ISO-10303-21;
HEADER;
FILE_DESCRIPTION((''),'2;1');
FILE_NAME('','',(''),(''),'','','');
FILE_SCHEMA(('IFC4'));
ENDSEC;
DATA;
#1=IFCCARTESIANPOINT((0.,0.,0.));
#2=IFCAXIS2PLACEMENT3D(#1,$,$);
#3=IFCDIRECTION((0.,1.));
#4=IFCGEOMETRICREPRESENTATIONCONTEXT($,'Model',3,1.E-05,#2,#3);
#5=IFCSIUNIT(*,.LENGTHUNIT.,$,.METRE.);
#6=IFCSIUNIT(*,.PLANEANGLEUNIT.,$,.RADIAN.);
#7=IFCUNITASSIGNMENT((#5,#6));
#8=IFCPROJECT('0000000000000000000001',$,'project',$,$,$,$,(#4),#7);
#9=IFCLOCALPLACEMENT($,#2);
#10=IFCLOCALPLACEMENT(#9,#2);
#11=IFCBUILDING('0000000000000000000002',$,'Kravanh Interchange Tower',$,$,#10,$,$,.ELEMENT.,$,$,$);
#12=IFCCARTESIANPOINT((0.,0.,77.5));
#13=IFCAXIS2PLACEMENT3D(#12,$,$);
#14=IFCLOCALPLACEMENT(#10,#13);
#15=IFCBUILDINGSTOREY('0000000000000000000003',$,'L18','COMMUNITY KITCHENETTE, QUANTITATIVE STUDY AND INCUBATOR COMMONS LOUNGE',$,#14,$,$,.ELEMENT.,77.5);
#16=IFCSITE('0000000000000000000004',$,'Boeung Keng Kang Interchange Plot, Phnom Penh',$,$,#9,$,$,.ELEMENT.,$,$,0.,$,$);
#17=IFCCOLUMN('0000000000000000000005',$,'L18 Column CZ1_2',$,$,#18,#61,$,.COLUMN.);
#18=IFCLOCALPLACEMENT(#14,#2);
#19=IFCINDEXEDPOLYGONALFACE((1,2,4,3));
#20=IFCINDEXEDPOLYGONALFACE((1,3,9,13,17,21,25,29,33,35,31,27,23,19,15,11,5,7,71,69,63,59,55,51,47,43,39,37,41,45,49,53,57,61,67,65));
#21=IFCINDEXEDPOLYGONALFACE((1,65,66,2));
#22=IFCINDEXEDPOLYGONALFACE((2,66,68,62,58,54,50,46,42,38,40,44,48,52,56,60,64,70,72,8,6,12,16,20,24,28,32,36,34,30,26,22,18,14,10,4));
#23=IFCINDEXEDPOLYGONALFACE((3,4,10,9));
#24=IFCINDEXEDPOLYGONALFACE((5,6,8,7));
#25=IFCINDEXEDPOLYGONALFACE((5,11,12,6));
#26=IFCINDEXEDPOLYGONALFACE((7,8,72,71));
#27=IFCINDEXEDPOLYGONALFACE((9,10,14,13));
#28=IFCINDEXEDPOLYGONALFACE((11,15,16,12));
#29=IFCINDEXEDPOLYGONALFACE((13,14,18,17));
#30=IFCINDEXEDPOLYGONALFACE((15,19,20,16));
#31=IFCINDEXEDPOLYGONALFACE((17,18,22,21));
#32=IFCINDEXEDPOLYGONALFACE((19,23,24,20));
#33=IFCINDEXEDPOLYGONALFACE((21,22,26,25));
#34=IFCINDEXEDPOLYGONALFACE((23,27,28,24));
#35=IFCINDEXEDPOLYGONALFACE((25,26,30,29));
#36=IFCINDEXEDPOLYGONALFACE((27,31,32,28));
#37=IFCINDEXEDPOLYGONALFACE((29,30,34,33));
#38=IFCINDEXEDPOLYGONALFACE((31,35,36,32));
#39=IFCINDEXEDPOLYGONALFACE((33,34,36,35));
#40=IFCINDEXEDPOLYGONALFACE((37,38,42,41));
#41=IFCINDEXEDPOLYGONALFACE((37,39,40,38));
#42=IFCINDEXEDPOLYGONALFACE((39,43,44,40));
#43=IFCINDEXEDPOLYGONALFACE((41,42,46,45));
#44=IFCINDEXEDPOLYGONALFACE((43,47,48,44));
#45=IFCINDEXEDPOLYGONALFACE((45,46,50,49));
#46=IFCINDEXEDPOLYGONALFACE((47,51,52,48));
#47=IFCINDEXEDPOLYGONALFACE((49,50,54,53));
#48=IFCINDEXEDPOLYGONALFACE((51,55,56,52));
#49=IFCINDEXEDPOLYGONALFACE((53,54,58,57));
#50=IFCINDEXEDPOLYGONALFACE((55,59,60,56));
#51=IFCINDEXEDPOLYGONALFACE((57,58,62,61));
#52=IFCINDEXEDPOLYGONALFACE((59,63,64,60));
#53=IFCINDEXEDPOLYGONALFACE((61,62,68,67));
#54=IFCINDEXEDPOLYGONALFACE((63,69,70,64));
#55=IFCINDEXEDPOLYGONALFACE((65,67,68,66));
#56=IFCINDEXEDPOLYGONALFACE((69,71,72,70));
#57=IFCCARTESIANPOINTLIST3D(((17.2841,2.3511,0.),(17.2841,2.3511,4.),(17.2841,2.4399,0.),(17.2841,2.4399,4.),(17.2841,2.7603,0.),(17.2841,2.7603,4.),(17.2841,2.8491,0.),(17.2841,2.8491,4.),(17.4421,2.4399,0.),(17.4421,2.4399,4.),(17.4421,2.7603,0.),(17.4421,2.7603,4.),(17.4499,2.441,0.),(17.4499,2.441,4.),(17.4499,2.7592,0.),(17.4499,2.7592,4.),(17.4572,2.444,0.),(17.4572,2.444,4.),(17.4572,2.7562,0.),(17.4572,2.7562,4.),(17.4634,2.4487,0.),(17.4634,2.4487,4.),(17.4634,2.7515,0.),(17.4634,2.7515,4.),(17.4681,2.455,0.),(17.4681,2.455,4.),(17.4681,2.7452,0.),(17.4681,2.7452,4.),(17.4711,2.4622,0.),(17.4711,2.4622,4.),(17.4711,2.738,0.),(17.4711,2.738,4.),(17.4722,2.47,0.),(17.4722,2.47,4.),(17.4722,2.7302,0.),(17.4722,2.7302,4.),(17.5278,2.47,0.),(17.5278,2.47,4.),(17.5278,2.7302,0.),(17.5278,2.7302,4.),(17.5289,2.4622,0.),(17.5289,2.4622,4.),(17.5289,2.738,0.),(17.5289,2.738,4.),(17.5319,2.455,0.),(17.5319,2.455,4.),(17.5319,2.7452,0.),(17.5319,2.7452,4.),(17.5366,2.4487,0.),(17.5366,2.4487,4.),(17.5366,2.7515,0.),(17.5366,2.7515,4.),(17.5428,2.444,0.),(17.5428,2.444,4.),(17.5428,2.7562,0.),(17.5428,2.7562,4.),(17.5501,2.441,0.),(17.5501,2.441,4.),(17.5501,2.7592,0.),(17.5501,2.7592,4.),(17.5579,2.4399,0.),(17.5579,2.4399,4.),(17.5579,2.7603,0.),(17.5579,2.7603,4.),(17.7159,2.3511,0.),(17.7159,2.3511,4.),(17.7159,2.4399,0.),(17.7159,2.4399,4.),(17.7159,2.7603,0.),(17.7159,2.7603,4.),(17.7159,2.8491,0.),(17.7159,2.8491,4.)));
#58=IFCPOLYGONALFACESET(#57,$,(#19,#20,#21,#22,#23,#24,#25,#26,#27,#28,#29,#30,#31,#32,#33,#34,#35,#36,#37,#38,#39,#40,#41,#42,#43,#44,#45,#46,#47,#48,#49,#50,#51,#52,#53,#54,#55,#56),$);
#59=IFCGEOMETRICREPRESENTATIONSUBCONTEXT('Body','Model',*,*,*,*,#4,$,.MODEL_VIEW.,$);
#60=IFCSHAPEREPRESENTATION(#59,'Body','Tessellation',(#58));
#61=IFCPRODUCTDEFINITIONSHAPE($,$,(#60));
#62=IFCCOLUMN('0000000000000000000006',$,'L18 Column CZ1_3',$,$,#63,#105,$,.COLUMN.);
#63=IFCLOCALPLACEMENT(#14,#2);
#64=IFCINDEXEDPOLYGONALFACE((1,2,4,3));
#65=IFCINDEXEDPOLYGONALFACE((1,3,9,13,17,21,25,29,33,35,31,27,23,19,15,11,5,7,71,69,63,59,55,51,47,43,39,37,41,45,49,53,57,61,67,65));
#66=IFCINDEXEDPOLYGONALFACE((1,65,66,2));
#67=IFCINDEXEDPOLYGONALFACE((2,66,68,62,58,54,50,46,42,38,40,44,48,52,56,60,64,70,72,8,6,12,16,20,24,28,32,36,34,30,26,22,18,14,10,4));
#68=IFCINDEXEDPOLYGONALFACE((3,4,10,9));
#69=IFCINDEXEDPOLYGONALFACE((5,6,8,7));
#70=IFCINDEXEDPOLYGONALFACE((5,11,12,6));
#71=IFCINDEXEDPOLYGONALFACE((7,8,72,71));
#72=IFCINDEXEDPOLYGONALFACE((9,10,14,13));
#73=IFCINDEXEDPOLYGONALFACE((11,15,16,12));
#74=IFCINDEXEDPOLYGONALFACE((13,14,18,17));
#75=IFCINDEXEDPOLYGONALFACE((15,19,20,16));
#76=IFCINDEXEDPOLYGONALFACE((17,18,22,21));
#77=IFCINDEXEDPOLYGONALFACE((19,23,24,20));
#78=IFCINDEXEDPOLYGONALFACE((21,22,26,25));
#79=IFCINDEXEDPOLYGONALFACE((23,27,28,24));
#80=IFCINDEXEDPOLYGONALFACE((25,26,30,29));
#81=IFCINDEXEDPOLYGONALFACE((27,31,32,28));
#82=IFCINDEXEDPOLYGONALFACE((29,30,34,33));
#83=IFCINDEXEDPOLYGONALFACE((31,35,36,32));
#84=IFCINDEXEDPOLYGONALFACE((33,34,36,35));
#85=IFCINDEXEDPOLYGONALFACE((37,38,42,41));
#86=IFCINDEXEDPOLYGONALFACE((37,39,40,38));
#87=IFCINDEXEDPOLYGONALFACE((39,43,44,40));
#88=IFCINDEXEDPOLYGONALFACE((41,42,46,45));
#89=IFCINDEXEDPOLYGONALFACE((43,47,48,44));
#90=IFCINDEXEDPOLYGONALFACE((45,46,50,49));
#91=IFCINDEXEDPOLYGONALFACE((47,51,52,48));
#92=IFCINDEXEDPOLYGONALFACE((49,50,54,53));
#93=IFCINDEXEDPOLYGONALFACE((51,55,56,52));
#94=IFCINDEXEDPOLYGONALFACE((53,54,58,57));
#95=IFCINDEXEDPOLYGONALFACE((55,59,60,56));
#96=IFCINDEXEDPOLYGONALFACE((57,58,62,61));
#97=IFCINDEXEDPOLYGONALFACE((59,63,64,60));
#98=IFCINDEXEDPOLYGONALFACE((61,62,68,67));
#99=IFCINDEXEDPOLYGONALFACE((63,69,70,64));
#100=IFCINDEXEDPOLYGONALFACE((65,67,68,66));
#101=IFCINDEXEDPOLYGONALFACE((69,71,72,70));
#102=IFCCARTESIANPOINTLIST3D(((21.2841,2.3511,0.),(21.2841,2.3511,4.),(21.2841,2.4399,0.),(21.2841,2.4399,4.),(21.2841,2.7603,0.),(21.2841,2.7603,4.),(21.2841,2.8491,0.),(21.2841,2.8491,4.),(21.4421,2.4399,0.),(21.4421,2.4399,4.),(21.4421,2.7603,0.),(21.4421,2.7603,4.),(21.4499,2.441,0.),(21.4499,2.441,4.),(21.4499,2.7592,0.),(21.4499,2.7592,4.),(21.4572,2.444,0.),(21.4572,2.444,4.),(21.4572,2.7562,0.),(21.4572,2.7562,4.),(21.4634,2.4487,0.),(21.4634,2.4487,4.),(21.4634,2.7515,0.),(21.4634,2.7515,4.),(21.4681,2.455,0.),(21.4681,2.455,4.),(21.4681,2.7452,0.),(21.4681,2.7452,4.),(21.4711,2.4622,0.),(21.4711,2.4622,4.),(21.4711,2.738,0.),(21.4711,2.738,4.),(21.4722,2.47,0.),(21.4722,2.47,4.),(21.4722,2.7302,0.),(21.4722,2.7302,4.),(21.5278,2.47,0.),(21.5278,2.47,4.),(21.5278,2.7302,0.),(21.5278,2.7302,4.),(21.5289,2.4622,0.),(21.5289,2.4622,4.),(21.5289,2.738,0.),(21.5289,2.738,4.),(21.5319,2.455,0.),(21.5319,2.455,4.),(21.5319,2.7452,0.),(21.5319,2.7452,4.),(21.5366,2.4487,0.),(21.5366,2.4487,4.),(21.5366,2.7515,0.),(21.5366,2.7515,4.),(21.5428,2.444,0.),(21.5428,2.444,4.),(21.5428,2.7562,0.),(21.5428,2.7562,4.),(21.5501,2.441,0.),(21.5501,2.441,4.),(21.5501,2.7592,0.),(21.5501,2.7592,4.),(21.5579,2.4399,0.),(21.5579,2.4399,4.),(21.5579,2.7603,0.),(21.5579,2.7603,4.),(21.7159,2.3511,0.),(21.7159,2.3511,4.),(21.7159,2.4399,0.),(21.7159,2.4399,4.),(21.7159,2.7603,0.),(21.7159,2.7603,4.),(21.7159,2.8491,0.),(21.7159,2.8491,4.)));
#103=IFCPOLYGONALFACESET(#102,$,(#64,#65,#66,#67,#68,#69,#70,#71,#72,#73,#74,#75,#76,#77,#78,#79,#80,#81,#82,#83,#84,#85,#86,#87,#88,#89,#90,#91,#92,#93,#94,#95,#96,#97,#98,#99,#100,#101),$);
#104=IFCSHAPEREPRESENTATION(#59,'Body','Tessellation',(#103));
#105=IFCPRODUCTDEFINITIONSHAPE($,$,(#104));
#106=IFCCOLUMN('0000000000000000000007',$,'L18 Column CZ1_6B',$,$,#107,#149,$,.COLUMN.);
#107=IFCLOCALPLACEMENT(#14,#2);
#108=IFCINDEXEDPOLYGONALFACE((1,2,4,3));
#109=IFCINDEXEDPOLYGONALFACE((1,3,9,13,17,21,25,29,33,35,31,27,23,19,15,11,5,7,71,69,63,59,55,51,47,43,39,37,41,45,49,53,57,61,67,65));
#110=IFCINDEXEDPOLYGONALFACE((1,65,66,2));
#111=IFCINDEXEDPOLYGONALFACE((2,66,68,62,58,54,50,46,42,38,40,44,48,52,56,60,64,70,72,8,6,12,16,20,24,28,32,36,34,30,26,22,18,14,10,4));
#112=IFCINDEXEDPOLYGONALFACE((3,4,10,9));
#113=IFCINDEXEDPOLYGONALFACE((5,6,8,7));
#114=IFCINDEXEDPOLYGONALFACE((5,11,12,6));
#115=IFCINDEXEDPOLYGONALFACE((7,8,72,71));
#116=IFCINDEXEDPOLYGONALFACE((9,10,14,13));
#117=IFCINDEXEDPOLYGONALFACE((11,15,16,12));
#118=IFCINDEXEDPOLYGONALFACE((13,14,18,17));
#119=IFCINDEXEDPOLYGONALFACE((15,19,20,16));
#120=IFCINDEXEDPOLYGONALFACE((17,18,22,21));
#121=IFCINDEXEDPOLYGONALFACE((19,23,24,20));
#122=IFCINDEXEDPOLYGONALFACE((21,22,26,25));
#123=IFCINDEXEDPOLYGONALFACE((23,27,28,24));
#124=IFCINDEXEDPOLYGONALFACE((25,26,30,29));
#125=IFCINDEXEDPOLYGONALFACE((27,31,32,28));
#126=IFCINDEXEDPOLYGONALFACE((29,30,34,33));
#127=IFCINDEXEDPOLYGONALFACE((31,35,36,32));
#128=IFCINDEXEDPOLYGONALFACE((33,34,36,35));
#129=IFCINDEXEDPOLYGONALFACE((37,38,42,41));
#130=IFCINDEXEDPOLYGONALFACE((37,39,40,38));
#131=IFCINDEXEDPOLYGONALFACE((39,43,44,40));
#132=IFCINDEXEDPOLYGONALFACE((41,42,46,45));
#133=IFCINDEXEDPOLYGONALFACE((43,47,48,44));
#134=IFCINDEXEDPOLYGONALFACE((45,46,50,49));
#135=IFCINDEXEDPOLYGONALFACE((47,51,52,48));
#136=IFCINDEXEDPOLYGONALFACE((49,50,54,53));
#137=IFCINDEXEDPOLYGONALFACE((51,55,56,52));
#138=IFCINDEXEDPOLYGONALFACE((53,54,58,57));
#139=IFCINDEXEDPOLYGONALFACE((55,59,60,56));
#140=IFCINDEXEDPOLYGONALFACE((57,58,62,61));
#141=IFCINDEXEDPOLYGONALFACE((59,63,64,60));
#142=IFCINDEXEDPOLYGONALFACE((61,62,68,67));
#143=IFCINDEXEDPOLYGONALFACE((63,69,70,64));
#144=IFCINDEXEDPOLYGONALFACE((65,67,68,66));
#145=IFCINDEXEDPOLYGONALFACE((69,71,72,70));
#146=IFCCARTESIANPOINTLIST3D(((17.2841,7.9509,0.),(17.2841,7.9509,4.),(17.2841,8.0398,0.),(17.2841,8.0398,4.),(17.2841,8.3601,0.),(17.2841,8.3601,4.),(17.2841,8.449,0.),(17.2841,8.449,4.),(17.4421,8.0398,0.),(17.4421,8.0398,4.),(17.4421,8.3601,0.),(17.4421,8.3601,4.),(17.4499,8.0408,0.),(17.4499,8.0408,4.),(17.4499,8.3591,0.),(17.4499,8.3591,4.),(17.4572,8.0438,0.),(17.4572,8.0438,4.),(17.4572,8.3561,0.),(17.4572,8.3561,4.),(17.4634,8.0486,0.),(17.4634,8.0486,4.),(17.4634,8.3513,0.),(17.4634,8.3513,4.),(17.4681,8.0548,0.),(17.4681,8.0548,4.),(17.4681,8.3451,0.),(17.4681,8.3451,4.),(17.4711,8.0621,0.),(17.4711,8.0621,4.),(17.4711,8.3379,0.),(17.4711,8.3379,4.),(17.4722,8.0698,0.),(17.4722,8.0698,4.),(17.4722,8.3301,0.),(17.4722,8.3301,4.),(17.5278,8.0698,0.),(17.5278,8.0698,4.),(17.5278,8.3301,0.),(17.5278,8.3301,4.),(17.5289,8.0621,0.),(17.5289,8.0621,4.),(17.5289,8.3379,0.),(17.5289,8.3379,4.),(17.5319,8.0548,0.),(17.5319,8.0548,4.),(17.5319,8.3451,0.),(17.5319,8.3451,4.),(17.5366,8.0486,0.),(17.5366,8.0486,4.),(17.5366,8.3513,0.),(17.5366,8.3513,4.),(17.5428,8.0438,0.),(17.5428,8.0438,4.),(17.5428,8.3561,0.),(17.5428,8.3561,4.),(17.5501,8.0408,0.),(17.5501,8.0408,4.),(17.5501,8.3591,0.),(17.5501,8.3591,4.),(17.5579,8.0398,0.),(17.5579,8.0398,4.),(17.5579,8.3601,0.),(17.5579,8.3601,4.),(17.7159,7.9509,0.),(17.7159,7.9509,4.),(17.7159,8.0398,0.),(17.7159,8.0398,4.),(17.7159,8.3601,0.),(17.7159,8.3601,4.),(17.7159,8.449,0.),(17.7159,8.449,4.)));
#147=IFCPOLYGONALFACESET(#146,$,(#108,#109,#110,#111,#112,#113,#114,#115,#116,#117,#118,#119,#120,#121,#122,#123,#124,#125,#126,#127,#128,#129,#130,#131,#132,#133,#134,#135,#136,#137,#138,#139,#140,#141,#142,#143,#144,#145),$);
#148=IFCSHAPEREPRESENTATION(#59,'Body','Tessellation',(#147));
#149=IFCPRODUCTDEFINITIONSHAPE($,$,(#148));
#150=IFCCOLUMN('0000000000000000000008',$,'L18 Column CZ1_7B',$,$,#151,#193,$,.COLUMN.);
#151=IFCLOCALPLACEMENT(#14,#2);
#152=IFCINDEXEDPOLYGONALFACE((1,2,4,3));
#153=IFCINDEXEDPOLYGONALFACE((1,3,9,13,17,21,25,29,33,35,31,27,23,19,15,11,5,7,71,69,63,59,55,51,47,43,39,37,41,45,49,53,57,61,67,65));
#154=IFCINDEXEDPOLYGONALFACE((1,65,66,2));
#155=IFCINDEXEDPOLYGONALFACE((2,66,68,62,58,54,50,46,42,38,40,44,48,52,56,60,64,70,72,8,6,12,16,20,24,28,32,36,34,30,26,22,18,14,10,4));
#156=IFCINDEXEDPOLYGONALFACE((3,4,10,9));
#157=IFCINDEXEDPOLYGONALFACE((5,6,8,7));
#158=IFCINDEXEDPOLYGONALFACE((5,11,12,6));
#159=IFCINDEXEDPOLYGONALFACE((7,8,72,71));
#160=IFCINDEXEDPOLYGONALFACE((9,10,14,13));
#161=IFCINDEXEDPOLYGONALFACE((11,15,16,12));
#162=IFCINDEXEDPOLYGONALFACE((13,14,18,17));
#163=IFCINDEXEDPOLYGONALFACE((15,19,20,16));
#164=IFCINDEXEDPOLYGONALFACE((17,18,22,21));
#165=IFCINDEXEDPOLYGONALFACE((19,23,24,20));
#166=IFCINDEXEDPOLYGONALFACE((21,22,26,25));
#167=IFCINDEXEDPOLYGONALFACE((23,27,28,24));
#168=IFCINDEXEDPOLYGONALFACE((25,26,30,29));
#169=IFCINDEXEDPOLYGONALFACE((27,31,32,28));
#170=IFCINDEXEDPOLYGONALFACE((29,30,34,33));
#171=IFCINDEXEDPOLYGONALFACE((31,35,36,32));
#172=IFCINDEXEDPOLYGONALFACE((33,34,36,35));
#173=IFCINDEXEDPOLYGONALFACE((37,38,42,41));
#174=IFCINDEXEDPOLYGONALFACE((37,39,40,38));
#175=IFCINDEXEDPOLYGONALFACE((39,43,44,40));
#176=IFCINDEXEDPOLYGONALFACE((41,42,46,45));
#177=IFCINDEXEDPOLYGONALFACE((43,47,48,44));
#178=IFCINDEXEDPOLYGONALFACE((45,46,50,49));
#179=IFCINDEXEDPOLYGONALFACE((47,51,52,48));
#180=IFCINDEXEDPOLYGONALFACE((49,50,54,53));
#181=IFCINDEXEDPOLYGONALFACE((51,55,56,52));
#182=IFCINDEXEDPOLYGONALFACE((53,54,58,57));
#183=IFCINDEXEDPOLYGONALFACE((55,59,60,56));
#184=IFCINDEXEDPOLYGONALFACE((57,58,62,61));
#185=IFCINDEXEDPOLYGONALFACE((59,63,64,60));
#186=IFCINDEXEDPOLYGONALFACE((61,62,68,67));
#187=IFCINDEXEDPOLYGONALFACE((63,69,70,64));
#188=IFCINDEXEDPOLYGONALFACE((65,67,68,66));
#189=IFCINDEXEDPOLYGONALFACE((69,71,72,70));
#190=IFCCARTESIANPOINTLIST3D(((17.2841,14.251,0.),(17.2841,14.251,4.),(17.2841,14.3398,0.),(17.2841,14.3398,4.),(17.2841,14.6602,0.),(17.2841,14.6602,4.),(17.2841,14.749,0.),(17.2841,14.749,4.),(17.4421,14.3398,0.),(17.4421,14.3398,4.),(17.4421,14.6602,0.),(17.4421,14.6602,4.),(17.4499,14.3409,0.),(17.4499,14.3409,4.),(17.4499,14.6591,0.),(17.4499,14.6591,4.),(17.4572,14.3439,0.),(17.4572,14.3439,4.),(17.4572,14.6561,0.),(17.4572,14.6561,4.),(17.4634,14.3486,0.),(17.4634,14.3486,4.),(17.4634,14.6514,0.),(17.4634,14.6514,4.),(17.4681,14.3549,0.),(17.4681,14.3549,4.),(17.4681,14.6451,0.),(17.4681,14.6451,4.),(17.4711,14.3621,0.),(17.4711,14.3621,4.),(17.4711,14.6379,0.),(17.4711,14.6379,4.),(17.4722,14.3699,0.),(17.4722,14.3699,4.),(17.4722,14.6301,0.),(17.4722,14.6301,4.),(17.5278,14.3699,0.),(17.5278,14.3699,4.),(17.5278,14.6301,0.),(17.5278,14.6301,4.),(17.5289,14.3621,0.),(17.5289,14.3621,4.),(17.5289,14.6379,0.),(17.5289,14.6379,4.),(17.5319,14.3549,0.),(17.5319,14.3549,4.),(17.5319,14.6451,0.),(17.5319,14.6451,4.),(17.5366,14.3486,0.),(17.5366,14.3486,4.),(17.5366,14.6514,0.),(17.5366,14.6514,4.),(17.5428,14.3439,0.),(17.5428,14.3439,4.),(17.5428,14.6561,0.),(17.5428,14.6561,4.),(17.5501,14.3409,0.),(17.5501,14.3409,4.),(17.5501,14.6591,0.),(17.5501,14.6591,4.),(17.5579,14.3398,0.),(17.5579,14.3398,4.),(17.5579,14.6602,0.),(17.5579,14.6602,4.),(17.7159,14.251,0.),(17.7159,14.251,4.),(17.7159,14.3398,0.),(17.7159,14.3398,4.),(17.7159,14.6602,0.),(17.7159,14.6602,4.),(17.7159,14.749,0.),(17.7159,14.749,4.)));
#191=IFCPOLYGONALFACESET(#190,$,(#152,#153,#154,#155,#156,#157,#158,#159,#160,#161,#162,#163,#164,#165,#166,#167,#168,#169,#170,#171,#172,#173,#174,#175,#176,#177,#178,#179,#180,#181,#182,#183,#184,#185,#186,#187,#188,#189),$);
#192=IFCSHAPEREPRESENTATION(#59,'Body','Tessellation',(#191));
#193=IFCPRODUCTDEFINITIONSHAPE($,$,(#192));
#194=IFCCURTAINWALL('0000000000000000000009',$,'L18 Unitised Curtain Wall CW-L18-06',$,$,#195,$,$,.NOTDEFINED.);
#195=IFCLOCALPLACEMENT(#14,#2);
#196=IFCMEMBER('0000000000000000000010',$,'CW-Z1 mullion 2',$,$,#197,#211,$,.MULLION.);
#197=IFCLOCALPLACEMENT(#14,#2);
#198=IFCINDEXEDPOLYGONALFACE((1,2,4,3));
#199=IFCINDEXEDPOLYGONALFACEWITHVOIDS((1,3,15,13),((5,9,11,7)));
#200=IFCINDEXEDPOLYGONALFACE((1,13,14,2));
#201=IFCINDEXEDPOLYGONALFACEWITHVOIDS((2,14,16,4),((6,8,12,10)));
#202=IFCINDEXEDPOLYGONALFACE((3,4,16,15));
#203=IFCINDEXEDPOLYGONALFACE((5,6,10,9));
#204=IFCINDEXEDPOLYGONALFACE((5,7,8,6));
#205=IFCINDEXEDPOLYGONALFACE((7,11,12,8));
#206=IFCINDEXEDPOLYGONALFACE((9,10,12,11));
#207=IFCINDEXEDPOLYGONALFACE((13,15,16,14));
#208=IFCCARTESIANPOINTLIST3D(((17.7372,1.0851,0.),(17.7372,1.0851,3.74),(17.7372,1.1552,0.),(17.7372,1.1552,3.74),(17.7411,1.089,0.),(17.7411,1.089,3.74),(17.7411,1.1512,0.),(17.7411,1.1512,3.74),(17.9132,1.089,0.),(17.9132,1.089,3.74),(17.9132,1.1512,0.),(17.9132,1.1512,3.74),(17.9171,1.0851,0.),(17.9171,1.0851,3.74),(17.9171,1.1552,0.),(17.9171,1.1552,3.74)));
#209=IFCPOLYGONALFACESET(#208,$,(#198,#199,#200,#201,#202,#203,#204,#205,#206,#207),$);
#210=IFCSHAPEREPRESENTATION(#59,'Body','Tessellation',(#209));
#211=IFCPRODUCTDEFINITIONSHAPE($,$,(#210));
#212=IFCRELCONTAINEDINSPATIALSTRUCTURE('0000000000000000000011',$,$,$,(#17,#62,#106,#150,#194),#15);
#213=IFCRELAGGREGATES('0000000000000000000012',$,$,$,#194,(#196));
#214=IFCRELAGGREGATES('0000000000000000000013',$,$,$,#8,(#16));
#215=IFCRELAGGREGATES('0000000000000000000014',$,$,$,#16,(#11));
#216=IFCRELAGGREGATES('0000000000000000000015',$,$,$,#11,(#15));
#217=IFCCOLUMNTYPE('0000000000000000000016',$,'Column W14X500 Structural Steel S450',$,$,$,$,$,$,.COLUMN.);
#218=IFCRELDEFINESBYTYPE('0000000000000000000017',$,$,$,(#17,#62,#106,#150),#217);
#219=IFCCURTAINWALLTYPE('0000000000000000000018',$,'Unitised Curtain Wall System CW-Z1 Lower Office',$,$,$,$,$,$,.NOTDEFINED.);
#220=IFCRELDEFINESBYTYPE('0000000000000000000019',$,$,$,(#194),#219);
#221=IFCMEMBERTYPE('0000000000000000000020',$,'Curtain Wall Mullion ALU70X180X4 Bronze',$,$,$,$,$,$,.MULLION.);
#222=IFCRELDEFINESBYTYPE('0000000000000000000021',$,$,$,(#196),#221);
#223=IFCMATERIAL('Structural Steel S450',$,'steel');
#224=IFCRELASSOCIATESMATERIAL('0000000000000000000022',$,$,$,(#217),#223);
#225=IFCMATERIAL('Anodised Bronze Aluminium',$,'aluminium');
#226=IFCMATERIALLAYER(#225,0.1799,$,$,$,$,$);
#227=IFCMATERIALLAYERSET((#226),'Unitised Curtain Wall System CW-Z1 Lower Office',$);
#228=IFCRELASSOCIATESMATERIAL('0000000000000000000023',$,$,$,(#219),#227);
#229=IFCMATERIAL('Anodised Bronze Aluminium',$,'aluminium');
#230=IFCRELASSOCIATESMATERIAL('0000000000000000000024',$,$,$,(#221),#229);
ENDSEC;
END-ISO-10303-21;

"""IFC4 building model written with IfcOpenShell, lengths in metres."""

from ifc_helpers import new_model, si_unit, direction, frame, origin, origin_2d, place, context, subcontext, project, spatial, hollow_rectangle, i_section, extrude, material, layer, layer_set, material_profile, profile_set, type_object, element, aggregate, save


model = new_model("IFC4")

# Units and contexts
model_context = context("Model", 3, precision=1e-05, world=origin(), true_north=direction((0.0, 1.0)))
body_context = subcontext(model_context, "Body", "Model", "MODEL_VIEW")
ifc_project = project(units=[si_unit("LENGTHUNIT", "METRE"), si_unit("PLANEANGLEUNIT", "RADIAN")], contexts=[model_context])

# Site, building, storey
site_placement = place(None, origin())
site = spatial("IfcSite", under=ifc_project, at=site_placement, Name="Boeung Keng Kang Interchange Plot, Phnom Penh", CompositionType="ELEMENT", RefElevation=0.0)
building_placement = place(site_placement, origin())
building = spatial("IfcBuilding", under=site, at=building_placement, Name="Kravanh Interchange Tower", CompositionType="ELEMENT")
storey_placement = place(building_placement, frame((0.0, 0.0, 77.5)))
storey = spatial("IfcBuildingStorey", under=building, at=storey_placement, Name="L18", Description="COMMUNITY KITCHENETTE, QUANTITATIVE STUDY AND INCUBATOR COMMONS LOUNGE", CompositionType="ELEMENT", Elevation=77.5)

# Columns
ifc_material_1 = material(Name="Structural Steel S450", Category="steel")
ifc_material_profile_1 = material_profile(ifc_material_1, i_section(OverallWidth=0.4319, OverallDepth=0.498, WebThickness=0.0557, FlangeThickness=0.0889, FilletRadius=0.03, at=origin_2d()), Name="W14X500")
ifc_profile_set_1 = profile_set([ifc_material_profile_1], Name="Structural Steel S450")
column_type = type_object("IfcColumnType", Name="Column W14X500 Structural Steel S450", PredefinedType="COLUMN", material=ifc_profile_set_1)
for number, where, z_axis, x_axis, name in (
    (1, (17.5, 2.6001, 0.0), (0.0, 0.0, 1.0), (1.0, 0.0, 0.0), "L18 Column CZ1_2"),
    (2, (21.5, 2.6001, 0.0), (0.0, 0.0, 1.0), (1.0, 0.0, 0.0), "L18 Column CZ1_3"),
    (3, (17.5, 8.2, 0.0), (0.0, 0.0, 1.0), (1.0, 0.0, 0.0), "L18 Column CZ1_6B"),
    (4, (17.5, 14.5, 0.0), (0.0, 0.0, 1.0), (1.0, 0.0, 0.0), "L18 Column CZ1_7B"),
):
    element("IfcColumn", number, at=place(storey_placement, frame(where, z_axis=z_axis, x_axis=x_axis)), inside=storey, type_object=column_type, Name=name, PredefinedType="COLUMN", context=body_context, shape_type="SweptSolid", body=[
        extrude(i_section(OverallWidth=0.4319, OverallDepth=0.498, WebThickness=0.0557, FlangeThickness=0.0889, FilletRadius=0.03, at=origin_2d()), origin(), (0.0, 0.0, 1.0), 4.0),
    ])

# Curtain wall, member
ifc_material_2 = material(Name="Anodised Bronze Aluminium", Category="aluminium")
ifc_layer_1 = layer(ifc_material_2, 0.1799)
ifc_layer_set_1 = layer_set([ifc_layer_1], Name="Unitised Curtain Wall System CW-Z1 Lower Office")
curtain_wall_type = type_object("IfcCurtainWallType", Name="Unitised Curtain Wall System CW-Z1 Lower Office", PredefinedType="NOTDEFINED", material=ifc_layer_set_1)
curtain_wall_placement = place(storey_placement, origin())
curtain_wall = element("IfcCurtainWall", 5, at=curtain_wall_placement, inside=storey, type_object=curtain_wall_type, Name="L18 Unitised Curtain Wall CW-L18-06", PredefinedType="NOTDEFINED")
ifc_material_3 = material(Name="Anodised Bronze Aluminium", Category="aluminium")
ifc_material_profile_2 = material_profile(ifc_material_3, hollow_rectangle(XDim=0.0701, YDim=0.1799, WallThickness=0.0039, at=origin_2d()), Name="ALU70X180X4")
ifc_profile_set_2 = profile_set([ifc_material_profile_2], Name="Anodised Bronze Aluminium")
member_type_1 = type_object("IfcMemberType", Name="Curtain Wall Mullion ALU70X180X4 Bronze", PredefinedType="MULLION", material=ifc_profile_set_2)
member_1_placement = place(storey_placement, frame((17.8271, 1.1201, 0.0), z_axis=(0.0, 0.0, 1.0), x_axis=(0.0, -1.0, 0.0)))
member_1 = element("IfcMember", 6, at=member_1_placement, type_object=member_type_1, Name="CW-Z1 mullion 2", PredefinedType="MULLION", context=body_context, shape_type="SweptSolid", body=[
    extrude(hollow_rectangle(XDim=0.0701, YDim=0.1799, WallThickness=0.0039, at=origin_2d()), origin(), (0.0, 0.0, 1.0), 3.74),
])

aggregate(curtain_wall, [member_1])

save(model, "model.ifc")
